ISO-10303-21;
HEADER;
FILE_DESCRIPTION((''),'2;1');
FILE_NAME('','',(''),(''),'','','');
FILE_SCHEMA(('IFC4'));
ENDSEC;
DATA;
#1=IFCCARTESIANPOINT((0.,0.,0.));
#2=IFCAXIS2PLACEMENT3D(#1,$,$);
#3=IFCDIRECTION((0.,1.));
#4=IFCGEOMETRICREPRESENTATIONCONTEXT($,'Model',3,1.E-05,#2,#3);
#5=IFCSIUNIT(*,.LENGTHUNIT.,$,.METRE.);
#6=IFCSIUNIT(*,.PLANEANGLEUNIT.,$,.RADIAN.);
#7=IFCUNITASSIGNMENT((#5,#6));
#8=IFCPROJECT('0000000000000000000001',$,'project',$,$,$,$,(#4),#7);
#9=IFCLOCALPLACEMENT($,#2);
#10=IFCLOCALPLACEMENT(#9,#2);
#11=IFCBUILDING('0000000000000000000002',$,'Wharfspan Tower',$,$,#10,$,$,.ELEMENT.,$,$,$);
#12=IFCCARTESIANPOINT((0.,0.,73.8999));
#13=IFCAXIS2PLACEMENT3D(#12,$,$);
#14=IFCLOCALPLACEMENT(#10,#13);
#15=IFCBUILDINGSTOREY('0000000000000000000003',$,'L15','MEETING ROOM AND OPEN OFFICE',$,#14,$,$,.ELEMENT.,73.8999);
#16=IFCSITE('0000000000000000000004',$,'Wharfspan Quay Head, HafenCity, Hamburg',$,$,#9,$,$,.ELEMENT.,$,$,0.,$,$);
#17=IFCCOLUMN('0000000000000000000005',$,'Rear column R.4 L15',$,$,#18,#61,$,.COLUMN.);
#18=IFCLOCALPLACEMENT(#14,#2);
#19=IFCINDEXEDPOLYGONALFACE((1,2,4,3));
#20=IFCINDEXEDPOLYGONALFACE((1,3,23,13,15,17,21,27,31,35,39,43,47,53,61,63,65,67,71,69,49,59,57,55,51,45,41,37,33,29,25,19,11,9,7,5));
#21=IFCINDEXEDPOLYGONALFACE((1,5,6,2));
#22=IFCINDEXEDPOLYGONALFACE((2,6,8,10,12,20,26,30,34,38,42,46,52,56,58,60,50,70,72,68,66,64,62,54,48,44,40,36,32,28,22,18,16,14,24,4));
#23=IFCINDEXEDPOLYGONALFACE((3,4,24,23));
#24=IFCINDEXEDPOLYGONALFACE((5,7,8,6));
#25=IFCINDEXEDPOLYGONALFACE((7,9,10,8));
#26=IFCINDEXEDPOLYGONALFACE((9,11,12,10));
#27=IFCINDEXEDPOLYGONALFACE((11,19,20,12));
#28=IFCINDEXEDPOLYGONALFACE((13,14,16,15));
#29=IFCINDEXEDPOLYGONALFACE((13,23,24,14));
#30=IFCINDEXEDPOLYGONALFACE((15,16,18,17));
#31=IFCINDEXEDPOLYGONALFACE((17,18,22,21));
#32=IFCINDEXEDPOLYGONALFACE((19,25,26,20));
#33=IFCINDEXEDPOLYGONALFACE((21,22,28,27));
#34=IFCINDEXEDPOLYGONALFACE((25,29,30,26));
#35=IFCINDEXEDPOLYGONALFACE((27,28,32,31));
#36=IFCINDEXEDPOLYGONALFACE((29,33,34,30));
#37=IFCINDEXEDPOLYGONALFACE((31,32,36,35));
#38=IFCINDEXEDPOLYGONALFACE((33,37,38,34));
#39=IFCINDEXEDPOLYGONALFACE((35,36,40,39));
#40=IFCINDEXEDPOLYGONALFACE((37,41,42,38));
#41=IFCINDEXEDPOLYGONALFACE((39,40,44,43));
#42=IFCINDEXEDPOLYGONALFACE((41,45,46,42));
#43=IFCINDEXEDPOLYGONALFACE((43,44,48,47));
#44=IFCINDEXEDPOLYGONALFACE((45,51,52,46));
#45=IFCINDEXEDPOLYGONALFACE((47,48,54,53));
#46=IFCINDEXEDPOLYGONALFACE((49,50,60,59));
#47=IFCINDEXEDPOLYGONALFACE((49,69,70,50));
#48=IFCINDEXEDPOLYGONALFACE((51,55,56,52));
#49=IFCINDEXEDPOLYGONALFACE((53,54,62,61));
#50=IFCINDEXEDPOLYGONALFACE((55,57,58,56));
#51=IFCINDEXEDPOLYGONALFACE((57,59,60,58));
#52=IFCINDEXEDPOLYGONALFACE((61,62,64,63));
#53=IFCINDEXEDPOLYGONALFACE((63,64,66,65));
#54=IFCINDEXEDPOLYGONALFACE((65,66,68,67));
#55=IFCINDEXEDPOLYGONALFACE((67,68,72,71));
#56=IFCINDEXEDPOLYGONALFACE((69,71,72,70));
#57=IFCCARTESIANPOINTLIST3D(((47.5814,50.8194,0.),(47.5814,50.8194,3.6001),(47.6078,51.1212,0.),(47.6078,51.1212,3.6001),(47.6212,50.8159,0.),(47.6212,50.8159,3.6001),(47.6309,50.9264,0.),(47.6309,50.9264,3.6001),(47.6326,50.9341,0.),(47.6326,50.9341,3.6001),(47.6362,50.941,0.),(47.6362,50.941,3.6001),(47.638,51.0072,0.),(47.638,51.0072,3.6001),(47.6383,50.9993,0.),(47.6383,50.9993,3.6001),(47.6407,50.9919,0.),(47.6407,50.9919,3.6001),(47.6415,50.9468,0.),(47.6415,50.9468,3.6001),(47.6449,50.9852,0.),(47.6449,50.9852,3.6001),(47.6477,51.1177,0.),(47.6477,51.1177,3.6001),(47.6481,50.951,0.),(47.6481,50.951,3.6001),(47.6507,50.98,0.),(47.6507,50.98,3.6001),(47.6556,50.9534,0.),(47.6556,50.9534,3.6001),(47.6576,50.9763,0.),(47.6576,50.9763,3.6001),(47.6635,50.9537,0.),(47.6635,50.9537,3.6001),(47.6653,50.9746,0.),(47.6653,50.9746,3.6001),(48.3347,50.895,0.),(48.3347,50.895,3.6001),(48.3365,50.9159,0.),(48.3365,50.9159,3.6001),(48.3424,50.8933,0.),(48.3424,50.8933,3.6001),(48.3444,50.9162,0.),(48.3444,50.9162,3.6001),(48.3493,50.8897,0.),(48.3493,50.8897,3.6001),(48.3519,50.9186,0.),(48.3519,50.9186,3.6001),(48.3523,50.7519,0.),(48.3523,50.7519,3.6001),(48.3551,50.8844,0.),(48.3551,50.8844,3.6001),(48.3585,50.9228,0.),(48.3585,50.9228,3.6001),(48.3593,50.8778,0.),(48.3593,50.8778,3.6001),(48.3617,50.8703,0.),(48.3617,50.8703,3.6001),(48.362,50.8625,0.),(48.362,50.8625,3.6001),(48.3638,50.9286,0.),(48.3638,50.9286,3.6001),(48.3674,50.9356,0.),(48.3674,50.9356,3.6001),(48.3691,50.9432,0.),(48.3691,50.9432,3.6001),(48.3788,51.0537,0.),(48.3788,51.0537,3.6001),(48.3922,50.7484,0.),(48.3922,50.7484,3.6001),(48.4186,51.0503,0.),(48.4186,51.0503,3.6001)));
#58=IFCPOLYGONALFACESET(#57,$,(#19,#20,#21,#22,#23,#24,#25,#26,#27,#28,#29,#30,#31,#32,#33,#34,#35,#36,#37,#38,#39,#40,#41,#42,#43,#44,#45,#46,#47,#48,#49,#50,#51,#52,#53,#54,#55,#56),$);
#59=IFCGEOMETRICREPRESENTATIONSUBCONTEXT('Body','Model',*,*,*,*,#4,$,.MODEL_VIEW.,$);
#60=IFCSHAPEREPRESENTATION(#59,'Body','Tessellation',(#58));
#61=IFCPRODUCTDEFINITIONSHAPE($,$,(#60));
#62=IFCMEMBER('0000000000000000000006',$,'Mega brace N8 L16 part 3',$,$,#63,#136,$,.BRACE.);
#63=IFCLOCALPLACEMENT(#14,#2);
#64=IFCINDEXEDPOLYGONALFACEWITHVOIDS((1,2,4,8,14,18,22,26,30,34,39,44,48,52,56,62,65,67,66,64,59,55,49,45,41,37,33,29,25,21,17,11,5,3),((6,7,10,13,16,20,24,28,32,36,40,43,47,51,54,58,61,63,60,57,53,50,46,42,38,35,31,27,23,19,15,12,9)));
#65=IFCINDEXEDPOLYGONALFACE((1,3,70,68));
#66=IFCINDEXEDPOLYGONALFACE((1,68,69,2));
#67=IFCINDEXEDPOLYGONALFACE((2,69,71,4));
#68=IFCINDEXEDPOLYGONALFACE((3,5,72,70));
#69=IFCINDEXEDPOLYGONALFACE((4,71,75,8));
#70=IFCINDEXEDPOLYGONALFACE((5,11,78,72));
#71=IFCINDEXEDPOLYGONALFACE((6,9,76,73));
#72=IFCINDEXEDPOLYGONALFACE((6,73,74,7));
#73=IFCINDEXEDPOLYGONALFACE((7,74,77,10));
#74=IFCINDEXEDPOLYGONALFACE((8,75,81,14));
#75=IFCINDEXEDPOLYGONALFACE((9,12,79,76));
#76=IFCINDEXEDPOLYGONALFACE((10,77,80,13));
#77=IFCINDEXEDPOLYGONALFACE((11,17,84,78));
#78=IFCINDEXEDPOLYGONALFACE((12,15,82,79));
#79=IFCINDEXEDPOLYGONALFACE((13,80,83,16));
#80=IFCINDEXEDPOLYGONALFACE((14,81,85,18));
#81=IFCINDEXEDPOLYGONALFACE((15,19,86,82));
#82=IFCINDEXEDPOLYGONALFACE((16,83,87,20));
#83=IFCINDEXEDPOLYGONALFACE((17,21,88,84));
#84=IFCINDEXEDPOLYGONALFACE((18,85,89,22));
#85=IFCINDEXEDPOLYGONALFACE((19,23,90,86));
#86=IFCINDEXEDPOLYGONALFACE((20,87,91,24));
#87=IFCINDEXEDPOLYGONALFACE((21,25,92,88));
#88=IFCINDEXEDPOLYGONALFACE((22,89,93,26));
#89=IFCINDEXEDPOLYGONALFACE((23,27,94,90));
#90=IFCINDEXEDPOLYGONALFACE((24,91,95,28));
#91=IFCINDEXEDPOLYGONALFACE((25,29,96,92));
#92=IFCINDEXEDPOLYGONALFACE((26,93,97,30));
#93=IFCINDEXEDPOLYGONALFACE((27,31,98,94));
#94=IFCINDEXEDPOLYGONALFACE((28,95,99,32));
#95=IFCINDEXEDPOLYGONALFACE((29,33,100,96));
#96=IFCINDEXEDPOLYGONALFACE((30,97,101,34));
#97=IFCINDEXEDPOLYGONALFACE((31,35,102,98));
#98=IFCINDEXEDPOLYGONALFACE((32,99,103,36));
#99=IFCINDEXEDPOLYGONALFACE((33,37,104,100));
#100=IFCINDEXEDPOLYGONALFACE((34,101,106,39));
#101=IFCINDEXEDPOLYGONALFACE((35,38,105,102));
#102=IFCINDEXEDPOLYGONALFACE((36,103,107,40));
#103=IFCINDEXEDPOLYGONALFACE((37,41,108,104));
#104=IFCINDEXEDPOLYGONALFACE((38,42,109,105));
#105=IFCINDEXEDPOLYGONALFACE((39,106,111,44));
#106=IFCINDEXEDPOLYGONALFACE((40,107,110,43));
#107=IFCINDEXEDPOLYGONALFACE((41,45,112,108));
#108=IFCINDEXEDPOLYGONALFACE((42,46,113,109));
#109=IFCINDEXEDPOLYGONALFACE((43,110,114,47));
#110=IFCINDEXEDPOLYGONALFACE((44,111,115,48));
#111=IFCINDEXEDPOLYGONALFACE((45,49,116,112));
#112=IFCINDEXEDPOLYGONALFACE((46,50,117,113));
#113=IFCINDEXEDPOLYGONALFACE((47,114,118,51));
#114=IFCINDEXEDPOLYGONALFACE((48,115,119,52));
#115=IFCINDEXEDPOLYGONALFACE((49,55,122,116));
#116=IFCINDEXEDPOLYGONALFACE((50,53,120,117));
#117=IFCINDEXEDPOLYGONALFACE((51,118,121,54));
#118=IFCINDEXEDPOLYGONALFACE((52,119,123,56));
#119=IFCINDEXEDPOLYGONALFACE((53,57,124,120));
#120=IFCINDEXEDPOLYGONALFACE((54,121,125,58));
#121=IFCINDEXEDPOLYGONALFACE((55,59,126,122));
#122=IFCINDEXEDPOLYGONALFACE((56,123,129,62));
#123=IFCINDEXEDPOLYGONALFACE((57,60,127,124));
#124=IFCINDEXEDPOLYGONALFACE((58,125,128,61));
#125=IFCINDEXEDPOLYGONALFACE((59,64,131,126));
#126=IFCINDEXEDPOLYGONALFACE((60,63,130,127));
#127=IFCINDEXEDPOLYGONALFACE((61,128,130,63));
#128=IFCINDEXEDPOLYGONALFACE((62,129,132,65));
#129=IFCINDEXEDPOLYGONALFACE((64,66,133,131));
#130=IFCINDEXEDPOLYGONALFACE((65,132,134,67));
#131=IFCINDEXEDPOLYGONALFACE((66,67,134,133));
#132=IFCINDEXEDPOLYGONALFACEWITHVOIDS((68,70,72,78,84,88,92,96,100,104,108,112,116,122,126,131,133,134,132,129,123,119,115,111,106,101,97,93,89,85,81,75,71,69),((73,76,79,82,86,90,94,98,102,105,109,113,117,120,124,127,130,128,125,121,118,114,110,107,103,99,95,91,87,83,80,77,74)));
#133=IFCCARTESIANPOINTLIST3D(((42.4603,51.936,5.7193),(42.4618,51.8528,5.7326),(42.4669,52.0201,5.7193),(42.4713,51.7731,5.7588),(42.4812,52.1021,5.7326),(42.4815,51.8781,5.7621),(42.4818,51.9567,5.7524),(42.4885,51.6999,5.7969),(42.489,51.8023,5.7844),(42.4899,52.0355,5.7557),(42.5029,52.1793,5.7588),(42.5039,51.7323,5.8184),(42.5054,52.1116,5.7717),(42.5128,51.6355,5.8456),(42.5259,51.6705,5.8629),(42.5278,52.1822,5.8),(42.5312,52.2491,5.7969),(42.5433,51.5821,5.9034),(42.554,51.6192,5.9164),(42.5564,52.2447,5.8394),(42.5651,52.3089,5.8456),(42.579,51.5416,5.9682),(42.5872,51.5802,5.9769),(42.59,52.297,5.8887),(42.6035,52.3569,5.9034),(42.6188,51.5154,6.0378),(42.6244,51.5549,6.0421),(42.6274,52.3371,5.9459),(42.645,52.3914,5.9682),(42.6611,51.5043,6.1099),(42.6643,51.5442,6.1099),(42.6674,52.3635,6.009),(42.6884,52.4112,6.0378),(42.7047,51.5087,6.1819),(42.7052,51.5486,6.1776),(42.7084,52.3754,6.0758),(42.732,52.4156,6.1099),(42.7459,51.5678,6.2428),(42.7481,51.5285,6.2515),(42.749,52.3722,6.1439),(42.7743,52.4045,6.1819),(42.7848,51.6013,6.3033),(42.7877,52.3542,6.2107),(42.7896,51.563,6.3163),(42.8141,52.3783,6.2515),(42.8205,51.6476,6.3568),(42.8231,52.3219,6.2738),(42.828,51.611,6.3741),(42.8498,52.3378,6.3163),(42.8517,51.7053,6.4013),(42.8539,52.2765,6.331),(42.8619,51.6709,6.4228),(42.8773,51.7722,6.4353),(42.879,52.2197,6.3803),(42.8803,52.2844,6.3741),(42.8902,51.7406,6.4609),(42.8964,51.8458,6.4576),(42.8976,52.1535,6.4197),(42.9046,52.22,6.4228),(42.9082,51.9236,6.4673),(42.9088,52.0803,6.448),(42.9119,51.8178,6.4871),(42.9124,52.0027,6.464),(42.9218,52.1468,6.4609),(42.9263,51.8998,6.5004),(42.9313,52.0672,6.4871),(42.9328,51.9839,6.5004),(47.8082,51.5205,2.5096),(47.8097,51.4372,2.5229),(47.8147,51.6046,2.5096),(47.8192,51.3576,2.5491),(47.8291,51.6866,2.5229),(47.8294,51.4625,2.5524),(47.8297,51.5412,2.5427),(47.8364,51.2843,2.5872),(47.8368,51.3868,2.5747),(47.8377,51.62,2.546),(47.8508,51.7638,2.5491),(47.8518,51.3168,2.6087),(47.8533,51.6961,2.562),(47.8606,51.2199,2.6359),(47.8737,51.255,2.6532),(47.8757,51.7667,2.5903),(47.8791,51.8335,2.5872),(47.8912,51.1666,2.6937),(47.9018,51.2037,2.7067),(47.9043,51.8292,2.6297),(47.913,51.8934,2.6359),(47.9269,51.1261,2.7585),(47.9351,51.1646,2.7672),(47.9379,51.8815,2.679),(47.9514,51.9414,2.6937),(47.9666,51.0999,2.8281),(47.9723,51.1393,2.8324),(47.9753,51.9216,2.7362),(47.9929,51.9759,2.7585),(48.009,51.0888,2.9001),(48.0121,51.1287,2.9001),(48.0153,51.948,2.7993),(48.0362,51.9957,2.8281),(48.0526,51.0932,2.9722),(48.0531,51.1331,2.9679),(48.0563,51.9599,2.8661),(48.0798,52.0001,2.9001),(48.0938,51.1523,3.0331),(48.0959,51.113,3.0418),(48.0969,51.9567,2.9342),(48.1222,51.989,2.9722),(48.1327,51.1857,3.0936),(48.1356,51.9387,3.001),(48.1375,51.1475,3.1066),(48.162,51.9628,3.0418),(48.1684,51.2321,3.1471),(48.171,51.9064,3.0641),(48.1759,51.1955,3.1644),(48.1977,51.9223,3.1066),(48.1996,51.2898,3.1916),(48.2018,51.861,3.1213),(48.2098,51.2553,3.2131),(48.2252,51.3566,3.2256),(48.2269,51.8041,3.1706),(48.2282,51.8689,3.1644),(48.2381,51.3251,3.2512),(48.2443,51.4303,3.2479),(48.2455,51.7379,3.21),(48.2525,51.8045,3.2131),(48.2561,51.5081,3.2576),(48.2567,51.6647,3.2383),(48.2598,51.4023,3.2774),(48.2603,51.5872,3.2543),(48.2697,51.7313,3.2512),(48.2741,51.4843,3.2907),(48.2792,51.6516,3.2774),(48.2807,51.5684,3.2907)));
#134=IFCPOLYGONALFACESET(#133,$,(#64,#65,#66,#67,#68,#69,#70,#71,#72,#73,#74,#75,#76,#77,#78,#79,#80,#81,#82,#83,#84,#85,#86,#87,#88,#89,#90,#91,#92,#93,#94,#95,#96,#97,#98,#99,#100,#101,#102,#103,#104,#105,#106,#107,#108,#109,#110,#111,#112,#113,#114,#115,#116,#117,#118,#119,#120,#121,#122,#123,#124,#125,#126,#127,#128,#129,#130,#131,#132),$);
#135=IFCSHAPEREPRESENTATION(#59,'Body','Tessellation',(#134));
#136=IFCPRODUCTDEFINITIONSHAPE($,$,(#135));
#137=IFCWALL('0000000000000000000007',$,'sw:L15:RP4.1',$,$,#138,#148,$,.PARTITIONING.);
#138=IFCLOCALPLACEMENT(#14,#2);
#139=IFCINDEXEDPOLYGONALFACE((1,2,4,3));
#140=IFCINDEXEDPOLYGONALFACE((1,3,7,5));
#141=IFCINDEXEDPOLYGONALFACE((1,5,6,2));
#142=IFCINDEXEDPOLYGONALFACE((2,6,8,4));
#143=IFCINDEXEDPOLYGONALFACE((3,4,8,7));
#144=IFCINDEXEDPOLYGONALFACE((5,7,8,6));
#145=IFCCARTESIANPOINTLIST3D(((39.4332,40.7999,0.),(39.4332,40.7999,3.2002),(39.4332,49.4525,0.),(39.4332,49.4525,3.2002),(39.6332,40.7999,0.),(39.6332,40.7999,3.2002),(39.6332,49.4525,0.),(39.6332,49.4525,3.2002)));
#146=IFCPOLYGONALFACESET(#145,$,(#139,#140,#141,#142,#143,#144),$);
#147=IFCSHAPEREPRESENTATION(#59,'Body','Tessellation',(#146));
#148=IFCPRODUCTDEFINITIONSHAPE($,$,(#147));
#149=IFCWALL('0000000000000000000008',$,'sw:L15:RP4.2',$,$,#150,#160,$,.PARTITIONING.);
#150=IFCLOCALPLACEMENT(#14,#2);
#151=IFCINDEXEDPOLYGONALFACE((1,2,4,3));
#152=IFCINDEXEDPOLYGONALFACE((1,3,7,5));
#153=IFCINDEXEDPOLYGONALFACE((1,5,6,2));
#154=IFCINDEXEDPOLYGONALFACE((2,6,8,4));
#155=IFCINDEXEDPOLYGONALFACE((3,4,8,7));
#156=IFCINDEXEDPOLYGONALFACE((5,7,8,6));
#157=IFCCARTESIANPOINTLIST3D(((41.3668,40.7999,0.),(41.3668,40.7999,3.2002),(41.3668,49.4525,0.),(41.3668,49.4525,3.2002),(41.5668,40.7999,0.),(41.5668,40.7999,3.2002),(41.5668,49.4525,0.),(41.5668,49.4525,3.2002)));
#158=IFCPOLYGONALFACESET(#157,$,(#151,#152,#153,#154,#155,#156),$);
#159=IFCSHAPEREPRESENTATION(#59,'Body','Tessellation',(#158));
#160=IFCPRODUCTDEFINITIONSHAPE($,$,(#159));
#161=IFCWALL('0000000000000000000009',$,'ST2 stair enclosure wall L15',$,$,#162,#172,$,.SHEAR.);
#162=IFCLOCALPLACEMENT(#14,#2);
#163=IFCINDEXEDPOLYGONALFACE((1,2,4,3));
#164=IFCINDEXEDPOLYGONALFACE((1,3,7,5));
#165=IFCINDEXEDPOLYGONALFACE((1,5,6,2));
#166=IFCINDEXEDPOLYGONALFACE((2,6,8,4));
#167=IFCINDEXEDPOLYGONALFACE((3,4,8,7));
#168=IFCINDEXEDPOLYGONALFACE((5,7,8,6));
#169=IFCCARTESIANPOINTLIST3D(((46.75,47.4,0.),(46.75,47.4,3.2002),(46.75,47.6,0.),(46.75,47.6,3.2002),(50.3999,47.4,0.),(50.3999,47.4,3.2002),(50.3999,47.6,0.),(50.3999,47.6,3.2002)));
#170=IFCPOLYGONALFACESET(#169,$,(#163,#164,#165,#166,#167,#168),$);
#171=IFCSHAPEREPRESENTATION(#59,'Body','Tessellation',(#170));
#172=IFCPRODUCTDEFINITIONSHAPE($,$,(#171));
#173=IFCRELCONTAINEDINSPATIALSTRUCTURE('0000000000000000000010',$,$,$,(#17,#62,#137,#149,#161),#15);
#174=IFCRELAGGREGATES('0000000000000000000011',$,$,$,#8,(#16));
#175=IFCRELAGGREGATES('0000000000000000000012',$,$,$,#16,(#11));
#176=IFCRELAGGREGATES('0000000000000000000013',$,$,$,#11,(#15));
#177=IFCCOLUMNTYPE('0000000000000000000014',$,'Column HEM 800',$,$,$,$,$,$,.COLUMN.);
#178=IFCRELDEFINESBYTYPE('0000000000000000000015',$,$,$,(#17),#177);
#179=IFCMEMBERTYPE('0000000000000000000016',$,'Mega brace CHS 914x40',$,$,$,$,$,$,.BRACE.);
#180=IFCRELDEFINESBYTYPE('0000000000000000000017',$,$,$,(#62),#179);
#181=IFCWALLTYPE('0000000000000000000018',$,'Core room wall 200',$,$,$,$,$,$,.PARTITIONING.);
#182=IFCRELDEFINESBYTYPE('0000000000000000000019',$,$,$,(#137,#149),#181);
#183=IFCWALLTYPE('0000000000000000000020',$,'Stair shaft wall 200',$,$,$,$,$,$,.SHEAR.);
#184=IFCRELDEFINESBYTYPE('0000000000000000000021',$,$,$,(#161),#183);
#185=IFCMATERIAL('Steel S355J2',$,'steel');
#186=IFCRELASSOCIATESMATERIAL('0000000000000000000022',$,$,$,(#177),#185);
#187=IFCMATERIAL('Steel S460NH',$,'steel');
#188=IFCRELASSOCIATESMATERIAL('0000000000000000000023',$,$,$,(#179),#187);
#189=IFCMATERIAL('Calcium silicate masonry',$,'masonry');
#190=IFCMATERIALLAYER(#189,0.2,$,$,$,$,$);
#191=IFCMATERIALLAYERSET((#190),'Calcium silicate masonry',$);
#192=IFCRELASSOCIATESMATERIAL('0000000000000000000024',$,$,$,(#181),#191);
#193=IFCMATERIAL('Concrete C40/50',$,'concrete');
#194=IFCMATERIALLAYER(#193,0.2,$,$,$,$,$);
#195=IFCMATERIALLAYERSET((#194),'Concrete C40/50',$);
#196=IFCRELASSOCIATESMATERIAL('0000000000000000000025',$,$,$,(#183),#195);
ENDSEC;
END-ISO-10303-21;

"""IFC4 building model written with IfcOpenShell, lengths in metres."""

from ifc_helpers import new_model, si_unit, direction, frame, frame_2d, origin, origin_2d, place, context, subcontext, project, spatial, rectangle, hollow_circle, i_section, extrude, material, layer, layer_set, material_profile, profile_set, type_object, element, save


model = new_model("IFC4")

# Units and contexts
model_context = context("Model", 3, precision=1e-05, world=origin(), true_north=direction((0.0, 1.0)))
body_context = subcontext(model_context, "Body", "Model", "MODEL_VIEW")
ifc_project = project(units=[si_unit("LENGTHUNIT", "METRE"), si_unit("PLANEANGLEUNIT", "RADIAN")], contexts=[model_context])

# Site, building, storey
site_placement = place(None, origin())
site = spatial("IfcSite", under=ifc_project, at=site_placement, Name="Wharfspan Quay Head, HafenCity, Hamburg", CompositionType="ELEMENT", RefElevation=0.0)
building_placement = place(site_placement, origin())
building = spatial("IfcBuilding", under=site, at=building_placement, Name="Wharfspan Tower", CompositionType="ELEMENT")
storey_placement = place(building_placement, frame((0.0, 0.0, 73.8999)))
storey = spatial("IfcBuildingStorey", under=building, at=storey_placement, Name="L15", Description="MEETING ROOM AND OPEN OFFICE", CompositionType="ELEMENT", Elevation=73.8999)

# Column
ifc_material_1 = material(Name="Steel S355J2", Category="steel")
ifc_material_profile_1 = material_profile(ifc_material_1, i_section(OverallWidth=0.303, OverallDepth=0.814, WebThickness=0.021, FlangeThickness=0.04, FilletRadius=0.03, at=origin_2d()))
ifc_profile_set_1 = profile_set([ifc_material_profile_1], Name="Steel S355J2")
column_type = type_object("IfcColumnType", Name="Column HEM 800", PredefinedType="COLUMN", material=ifc_profile_set_1)
column_placement = place(storey_placement, frame((48.0, 50.9348, 0.0), z_axis=(0.0, 0.0, 1.0), x_axis=(0.087156, 0.996197, 0.0)))
element("IfcColumn", 1, at=column_placement, inside=storey, type_object=column_type, Name="Rear column R.4 L15", PredefinedType="COLUMN", context=body_context, shape_type="SweptSolid", body=[
    extrude(i_section(OverallWidth=0.303, OverallDepth=0.814, WebThickness=0.021, FlangeThickness=0.04, FilletRadius=0.03, at=origin_2d()), origin(), (0.0, 0.0, 1.0), 3.6001),
])

# Member
ifc_material_2 = material(Name="Steel S460NH", Category="steel")
ifc_material_profile_2 = material_profile(ifc_material_2, hollow_circle(Radius=0.457, WallThickness=0.04, at=origin_2d()))
ifc_profile_set_2 = profile_set([ifc_material_profile_2], Name="Steel S460NH")
member_type = type_object("IfcMemberType", Name="Mega brace CHS 914x40", PredefinedType="BRACE", material=ifc_profile_set_2)
member_placement = place(storey_placement, frame((48.0444, 51.5444, 2.9001), z_axis=(-0.855527, 0.066474, 0.513473), x_axis=(-0.077466, -0.996995, 0.0)))
element("IfcMember", 2, at=member_placement, inside=storey, type_object=member_type, Name="Mega brace N8 L16 part 3", PredefinedType="BRACE", context=body_context, shape_type="SweptSolid", body=[
    extrude(hollow_circle(Radius=0.457, WallThickness=0.04, at=origin_2d()), origin(), (0.0, 0.0, 1.0), 6.251),
])

# Walls
ifc_material_3 = material(Name="Calcium silicate masonry", Category="masonry")
ifc_layer_1 = layer(ifc_material_3, 0.2)
ifc_layer_set_1 = layer_set([ifc_layer_1], Name="Calcium silicate masonry")
wall_type_1 = type_object("IfcWallType", Name="Core room wall 200", PredefinedType="PARTITIONING", material=ifc_layer_set_1)
for number, where, z_axis, x_axis, name in (
    (3, (39.5332, 40.8, 0.0), (0.0, 0.0, 1.0), (0.0, 1.0, 0.0), "sw:L15:RP4.1"),
    (4, (41.4668, 40.8, 0.0), (0.0, 0.0, 1.0), (0.0, 1.0, 0.0), "sw:L15:RP4.2"),
):
    element("IfcWall", number, at=place(storey_placement, frame(where, z_axis=z_axis, x_axis=x_axis)), inside=storey, type_object=wall_type_1, Name=name, PredefinedType="PARTITIONING", context=body_context, shape_type="SweptSolid", body=[
        extrude(rectangle(XDim=8.6526, YDim=0.2, at=frame_2d((4.3262, 0.0))), origin(), (0.0, 0.0, 1.0), 3.2002),
    ])
ifc_material_4 = material(Name="Concrete C40/50", Category="concrete")
ifc_layer_2 = layer(ifc_material_4, 0.2)
ifc_layer_set_2 = layer_set([ifc_layer_2], Name="Concrete C40/50")
wall_type_2 = type_object("IfcWallType", Name="Stair shaft wall 200", PredefinedType="SHEAR", material=ifc_layer_set_2)
wall_placement = place(storey_placement, frame((46.75, 47.5, 0.0), z_axis=(0.0, 0.0, 1.0), x_axis=(1.0, 0.0, 0.0)))
element("IfcWall", 5, at=wall_placement, inside=storey, type_object=wall_type_2, Name="ST2 stair enclosure wall L15", PredefinedType="SHEAR", context=body_context, shape_type="SweptSolid", body=[
    extrude(rectangle(XDim=3.6499, YDim=0.2, at=frame_2d((1.825, 0.0))), origin(), (0.0, 0.0, 1.0), 3.2002),
])

save(model, "model.ifc")
